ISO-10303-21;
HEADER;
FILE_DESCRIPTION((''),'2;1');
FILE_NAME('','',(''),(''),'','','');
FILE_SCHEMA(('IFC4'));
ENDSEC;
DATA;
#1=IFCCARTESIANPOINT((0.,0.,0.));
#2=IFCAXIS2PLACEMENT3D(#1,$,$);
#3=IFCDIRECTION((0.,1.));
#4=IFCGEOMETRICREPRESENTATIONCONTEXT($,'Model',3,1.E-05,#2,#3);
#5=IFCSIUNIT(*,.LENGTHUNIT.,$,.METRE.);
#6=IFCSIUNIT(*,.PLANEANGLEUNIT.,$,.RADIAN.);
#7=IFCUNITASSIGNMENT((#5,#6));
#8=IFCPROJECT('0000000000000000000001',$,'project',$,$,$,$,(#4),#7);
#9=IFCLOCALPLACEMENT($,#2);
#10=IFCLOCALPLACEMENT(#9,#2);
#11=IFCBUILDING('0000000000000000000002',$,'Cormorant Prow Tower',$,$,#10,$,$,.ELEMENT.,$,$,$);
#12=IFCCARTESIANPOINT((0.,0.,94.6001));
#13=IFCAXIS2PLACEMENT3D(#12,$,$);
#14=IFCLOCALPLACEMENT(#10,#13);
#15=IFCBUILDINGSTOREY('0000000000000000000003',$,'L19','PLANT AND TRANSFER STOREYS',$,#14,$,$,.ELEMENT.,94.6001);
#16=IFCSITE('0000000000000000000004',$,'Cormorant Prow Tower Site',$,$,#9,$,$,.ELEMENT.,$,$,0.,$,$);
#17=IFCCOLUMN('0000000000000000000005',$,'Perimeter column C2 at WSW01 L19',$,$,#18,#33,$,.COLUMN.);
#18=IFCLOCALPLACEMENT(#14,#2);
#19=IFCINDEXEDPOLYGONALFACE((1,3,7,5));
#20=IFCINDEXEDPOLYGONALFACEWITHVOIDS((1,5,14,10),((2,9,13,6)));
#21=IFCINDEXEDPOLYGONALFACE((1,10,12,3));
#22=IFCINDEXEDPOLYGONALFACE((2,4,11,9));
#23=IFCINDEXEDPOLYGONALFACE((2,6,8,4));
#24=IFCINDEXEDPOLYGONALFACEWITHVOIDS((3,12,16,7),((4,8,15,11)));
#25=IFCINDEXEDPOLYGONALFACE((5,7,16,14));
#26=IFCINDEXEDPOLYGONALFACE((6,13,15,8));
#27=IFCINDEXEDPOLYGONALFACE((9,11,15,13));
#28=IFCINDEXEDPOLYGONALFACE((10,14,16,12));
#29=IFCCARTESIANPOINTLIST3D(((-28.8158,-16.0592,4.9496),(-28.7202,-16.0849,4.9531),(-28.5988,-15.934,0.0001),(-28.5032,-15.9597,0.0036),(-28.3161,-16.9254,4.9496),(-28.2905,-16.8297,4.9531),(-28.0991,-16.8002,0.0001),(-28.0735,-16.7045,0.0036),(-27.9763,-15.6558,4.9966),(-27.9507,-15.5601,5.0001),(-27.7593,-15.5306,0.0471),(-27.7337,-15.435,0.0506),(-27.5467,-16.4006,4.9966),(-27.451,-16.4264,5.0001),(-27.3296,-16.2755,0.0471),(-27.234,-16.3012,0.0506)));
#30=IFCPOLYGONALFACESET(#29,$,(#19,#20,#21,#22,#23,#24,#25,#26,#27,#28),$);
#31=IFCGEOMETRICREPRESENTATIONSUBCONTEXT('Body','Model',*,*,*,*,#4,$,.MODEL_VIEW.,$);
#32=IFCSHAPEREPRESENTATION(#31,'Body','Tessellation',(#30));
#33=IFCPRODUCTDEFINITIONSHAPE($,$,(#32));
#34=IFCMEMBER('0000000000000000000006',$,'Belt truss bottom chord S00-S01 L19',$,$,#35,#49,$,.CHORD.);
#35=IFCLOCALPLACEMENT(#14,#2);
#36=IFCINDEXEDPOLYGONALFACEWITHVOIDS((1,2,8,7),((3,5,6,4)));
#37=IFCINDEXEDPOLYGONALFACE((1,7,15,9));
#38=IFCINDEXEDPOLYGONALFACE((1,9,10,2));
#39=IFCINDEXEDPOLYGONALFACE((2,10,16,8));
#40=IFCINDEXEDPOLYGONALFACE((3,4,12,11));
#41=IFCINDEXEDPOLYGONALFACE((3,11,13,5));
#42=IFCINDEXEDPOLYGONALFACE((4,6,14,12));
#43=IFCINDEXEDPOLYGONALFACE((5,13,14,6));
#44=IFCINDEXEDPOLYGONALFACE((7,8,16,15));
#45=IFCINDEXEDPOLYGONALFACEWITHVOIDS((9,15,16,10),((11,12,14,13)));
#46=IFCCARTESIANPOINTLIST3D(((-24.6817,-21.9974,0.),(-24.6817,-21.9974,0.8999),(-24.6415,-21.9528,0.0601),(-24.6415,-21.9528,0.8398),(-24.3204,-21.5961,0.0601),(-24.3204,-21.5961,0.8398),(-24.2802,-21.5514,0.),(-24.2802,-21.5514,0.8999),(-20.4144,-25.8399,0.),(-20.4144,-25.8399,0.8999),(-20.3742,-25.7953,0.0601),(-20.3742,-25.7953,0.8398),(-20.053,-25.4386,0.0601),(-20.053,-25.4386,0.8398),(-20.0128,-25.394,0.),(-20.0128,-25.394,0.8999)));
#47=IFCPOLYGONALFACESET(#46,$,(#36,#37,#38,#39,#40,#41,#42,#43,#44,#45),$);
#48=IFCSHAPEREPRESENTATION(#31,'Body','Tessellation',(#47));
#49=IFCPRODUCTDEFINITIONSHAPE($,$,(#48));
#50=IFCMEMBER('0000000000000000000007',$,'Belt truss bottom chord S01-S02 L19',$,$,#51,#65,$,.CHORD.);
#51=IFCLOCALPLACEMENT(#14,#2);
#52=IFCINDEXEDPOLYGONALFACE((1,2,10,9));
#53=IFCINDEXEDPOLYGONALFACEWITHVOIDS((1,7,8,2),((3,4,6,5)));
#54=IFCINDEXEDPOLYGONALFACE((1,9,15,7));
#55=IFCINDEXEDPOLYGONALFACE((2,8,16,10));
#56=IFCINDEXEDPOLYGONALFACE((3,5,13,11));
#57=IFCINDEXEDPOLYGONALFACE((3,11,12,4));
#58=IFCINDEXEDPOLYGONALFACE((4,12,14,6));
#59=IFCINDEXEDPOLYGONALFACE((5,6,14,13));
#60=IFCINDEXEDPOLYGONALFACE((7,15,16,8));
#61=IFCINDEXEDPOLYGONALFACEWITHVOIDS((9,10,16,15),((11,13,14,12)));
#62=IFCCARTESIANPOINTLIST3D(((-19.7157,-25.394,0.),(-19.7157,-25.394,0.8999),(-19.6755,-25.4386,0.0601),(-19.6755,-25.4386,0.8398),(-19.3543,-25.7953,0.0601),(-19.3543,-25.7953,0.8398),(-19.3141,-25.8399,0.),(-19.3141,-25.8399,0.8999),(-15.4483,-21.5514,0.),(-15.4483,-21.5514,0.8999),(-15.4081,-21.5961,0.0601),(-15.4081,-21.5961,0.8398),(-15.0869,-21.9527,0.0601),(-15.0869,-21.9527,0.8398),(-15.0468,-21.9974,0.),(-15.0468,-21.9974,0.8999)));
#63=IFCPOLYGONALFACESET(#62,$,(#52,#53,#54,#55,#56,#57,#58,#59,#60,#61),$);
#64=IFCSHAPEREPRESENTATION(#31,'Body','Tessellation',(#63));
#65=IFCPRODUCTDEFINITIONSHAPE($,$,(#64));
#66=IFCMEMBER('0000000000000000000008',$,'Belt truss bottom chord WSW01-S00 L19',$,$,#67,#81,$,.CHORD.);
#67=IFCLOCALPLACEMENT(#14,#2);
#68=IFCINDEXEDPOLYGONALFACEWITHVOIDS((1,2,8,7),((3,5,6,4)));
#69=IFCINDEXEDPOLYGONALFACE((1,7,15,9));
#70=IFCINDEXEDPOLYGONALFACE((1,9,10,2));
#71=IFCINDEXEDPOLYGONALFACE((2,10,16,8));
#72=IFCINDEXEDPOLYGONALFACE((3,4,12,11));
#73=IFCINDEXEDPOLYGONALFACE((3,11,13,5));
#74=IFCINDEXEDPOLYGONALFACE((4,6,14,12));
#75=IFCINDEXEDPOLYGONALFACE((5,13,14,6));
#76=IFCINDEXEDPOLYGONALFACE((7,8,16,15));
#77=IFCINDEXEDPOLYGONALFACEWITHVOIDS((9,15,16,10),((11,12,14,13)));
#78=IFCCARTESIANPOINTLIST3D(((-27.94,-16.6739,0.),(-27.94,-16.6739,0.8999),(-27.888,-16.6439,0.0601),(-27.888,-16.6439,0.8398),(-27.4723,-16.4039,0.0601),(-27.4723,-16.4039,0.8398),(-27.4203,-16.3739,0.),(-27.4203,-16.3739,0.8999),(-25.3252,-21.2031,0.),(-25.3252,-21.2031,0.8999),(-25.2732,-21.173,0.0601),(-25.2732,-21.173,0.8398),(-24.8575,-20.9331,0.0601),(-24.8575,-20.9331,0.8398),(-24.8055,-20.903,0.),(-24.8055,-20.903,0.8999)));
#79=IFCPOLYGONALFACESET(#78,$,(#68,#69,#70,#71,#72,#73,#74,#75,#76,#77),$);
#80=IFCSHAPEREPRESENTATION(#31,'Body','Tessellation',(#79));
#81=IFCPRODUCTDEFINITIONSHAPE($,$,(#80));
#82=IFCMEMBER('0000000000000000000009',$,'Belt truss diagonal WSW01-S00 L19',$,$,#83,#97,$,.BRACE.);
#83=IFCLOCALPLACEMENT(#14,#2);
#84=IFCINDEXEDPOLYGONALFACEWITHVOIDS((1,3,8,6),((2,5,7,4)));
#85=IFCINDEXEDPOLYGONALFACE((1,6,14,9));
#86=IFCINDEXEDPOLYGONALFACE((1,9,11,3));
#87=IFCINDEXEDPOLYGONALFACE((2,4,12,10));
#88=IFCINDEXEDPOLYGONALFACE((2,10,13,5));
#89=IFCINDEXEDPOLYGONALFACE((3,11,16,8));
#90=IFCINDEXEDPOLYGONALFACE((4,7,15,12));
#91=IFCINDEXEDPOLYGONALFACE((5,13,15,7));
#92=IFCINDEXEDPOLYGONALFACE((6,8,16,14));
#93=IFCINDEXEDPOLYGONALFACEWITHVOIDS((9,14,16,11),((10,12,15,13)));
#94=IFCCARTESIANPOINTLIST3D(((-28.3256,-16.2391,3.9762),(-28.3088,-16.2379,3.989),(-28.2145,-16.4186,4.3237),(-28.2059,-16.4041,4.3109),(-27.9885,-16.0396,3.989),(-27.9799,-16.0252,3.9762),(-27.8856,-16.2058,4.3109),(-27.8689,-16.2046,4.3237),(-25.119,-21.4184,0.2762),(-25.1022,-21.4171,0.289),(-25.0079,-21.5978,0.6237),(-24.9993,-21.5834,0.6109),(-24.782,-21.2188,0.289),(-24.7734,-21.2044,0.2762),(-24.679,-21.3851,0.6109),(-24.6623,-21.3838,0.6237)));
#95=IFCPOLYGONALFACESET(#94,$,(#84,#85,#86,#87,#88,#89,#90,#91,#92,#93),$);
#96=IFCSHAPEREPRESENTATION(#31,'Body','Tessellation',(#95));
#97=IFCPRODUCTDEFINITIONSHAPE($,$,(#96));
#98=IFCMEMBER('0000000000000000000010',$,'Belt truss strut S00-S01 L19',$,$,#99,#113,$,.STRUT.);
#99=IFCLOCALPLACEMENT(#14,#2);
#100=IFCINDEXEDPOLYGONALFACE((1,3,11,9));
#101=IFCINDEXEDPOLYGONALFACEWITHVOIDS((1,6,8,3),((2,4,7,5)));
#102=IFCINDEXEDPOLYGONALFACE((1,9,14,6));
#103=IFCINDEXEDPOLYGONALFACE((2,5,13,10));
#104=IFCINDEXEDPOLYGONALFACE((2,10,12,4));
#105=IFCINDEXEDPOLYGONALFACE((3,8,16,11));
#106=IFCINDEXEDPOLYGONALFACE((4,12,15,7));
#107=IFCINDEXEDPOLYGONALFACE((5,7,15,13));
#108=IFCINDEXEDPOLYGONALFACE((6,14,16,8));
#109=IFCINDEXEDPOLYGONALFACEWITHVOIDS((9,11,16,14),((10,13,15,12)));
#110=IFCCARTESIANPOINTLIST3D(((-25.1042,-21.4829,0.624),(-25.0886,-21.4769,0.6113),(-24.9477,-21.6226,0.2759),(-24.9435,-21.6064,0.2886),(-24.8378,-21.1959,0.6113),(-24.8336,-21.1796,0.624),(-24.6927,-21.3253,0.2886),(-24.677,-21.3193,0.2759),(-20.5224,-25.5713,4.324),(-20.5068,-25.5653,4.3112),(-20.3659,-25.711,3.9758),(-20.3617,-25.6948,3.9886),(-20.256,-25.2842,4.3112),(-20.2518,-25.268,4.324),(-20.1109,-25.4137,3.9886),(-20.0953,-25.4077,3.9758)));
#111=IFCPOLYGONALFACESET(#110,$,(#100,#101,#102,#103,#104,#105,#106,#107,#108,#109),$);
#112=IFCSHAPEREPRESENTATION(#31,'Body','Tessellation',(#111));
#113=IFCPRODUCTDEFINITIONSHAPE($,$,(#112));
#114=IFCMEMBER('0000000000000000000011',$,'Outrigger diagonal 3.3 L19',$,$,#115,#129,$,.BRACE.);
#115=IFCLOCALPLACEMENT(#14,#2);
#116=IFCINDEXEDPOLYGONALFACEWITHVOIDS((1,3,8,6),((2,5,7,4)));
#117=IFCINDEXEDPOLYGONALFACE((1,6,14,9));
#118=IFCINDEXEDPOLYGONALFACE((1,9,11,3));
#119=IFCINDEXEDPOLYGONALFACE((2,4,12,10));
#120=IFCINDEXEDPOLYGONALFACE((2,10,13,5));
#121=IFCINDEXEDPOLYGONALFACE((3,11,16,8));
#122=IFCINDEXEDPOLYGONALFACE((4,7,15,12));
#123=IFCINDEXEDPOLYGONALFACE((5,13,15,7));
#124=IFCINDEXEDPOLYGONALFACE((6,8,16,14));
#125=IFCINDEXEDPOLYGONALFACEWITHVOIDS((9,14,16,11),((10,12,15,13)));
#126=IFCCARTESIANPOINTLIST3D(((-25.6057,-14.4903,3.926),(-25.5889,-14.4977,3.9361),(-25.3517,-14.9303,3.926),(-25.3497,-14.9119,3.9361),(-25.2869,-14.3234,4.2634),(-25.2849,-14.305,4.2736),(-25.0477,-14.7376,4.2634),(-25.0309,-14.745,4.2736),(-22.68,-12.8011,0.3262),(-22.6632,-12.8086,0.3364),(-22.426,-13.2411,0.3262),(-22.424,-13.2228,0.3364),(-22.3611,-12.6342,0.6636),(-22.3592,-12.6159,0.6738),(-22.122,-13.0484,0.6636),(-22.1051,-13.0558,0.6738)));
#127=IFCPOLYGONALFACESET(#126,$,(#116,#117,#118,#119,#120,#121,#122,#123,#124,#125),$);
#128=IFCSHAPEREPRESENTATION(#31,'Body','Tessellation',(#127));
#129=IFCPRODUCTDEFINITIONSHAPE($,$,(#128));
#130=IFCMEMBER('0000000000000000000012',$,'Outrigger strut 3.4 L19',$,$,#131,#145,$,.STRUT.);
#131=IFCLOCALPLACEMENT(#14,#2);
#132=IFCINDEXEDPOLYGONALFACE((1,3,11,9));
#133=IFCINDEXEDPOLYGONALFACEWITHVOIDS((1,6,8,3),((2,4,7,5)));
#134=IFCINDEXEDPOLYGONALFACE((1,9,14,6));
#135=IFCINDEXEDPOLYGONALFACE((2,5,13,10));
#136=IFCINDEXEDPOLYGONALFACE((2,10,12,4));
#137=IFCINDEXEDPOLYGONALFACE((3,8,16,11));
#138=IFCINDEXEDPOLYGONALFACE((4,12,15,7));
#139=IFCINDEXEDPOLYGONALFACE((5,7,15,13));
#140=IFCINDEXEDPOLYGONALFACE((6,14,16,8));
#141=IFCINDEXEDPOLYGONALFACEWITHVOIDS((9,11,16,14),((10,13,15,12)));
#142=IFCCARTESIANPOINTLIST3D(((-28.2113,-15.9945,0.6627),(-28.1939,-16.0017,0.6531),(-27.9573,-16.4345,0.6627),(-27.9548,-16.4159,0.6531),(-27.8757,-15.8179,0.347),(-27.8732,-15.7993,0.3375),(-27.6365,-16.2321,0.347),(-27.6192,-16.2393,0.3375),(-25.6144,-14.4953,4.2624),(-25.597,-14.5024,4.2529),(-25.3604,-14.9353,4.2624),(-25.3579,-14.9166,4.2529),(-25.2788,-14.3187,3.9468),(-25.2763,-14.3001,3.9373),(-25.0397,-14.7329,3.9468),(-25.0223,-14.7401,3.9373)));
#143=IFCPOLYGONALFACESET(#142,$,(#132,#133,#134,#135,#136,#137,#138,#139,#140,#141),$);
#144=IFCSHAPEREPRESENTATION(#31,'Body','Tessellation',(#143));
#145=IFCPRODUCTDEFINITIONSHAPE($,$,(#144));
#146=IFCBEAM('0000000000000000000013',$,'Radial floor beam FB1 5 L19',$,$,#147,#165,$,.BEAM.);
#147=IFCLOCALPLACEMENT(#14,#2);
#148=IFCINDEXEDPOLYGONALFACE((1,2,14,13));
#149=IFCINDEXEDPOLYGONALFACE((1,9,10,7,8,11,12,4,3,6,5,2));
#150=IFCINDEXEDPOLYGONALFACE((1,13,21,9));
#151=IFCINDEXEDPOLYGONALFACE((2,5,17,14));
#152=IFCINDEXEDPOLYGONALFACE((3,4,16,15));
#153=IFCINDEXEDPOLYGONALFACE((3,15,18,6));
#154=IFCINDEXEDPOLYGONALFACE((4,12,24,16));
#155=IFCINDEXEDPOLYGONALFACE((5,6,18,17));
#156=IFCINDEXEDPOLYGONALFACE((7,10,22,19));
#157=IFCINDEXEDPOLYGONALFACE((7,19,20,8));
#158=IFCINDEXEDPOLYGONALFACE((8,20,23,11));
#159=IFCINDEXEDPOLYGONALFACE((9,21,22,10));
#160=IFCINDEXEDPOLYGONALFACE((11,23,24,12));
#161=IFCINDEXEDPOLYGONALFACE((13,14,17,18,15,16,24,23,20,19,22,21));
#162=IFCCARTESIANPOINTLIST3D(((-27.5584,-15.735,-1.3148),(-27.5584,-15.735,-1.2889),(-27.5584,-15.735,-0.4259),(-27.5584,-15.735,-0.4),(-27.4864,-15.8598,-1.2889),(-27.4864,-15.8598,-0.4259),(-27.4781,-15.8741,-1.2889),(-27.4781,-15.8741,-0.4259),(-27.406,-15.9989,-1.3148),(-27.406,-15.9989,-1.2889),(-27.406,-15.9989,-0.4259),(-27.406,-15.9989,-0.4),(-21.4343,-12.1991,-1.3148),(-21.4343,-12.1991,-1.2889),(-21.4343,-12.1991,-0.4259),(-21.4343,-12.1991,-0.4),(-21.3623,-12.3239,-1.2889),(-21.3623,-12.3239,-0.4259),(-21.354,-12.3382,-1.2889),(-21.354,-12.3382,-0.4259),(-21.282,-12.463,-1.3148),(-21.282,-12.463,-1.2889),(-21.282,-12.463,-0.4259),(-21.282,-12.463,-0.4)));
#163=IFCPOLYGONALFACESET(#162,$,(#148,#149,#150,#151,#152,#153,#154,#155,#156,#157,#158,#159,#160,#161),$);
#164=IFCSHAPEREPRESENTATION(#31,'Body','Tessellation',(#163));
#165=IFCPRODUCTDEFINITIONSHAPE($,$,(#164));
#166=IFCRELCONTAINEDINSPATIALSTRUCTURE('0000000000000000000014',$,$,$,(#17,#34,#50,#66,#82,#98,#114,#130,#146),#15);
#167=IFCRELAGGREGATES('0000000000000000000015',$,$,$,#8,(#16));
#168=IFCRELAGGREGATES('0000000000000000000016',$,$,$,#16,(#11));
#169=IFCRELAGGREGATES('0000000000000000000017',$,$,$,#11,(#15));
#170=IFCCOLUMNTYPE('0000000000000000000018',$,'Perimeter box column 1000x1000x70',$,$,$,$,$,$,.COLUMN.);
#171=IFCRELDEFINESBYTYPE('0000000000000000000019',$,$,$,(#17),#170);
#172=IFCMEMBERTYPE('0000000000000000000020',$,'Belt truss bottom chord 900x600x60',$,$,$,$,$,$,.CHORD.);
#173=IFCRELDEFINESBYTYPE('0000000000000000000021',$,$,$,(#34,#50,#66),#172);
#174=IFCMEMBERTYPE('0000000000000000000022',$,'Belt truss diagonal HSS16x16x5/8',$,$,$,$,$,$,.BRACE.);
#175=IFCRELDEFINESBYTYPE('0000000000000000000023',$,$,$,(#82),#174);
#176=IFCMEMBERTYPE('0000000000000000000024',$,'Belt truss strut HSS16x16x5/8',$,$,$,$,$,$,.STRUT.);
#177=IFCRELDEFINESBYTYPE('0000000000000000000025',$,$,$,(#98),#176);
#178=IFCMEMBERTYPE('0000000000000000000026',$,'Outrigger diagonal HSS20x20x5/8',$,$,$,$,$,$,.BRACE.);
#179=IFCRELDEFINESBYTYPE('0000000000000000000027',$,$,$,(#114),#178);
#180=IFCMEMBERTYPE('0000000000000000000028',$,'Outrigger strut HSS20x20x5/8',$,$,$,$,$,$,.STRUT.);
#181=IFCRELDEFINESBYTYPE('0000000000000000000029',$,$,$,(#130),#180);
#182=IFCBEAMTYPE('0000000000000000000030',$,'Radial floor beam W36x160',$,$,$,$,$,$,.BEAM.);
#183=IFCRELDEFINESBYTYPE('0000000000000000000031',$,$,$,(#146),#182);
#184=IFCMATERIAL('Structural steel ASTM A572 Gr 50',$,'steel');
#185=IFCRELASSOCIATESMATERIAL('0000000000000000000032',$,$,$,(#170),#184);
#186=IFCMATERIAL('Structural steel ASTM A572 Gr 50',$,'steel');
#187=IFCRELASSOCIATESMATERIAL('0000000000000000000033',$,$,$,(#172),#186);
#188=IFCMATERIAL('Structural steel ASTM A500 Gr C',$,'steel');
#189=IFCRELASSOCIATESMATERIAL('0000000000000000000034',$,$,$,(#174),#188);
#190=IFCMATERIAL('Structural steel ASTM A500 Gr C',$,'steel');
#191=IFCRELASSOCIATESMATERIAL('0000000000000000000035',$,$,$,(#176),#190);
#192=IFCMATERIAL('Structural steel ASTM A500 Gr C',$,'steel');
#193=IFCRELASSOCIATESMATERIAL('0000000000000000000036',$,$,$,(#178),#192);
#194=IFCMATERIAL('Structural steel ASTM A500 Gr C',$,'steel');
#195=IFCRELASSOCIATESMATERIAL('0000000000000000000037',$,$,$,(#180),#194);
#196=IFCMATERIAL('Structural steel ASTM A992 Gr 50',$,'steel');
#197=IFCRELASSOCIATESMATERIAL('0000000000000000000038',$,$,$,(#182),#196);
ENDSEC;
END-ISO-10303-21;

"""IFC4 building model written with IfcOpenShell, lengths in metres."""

from ifc_helpers import new_model, si_unit, direction, frame, origin, origin_2d, place, context, subcontext, project, spatial, hollow_rectangle, i_section, extrude, material, material_profile, profile_set, type_object, element, save


model = new_model("IFC4")

# Units and contexts
model_context = context("Model", 3, precision=1e-05, world=origin(), true_north=direction((0.0, 1.0)))
body_context = subcontext(model_context, "Body", "Model", "MODEL_VIEW")
ifc_project = project(units=[si_unit("LENGTHUNIT", "METRE"), si_unit("PLANEANGLEUNIT", "RADIAN")], contexts=[model_context])

# Site, building, storey
site_placement = place(None, origin())
site = spatial("IfcSite", under=ifc_project, at=site_placement, Name="Cormorant Prow Tower Site", CompositionType="ELEMENT", RefElevation=0.0)
building_placement = place(site_placement, origin())
building = spatial("IfcBuilding", under=site, at=building_placement, Name="Cormorant Prow Tower", CompositionType="ELEMENT")
storey_placement = place(building_placement, frame((0.0, 0.0, 94.6001)))
storey = spatial("IfcBuildingStorey", under=building, at=storey_placement, Name="L19", Description="PLANT AND TRANSFER STOREYS", CompositionType="ELEMENT", Elevation=94.6001)

# Column
ifc_material_1 = material(Name="Structural steel ASTM A572 Gr 50", Category="steel")
ifc_material_profile_1 = material_profile(ifc_material_1, hollow_rectangle(XDim=1.0, YDim=1.0, WallThickness=0.0701, at=origin_2d()), Name="Box 1000x1000x70")
ifc_profile_set_1 = profile_set([ifc_material_profile_1], Name="Structural steel ASTM A572 Gr 50")
column_type = type_object("IfcColumnType", Name="Perimeter box column 1000x1000x70", PredefinedType="COLUMN", material=ifc_profile_set_1)
column_1_placement = place(storey_placement, frame((-27.9153, -16.1169, 0.0), z_axis=(-0.043792, -0.025261, 0.998721), x_axis=(0.499667, -0.866218, 0.0)))
element("IfcColumn", 1, at=column_1_placement, inside=storey, type_object=column_type, Name="Perimeter column C2 at WSW01 L19", PredefinedType="COLUMN", context=body_context, shape_type="SweptSolid", body=[
    extrude(hollow_rectangle(XDim=1.0, YDim=1.0, WallThickness=0.0701, at=origin_2d()), frame((0.0, 0.0, 0.0254)), (0.0, 0.0, 1.0), 4.9558),
])

# Members
ifc_material_2 = material(Name="Structural steel ASTM A572 Gr 50", Category="steel")
ifc_material_profile_2 = material_profile(ifc_material_2, hollow_rectangle(XDim=0.6001, YDim=0.8999, WallThickness=0.0601, at=origin_2d()), Name="Box 900x600x60")
ifc_profile_set_2 = profile_set([ifc_material_profile_2], Name="Structural steel ASTM A572 Gr 50")
member_type_1 = type_object("IfcMemberType", Name="Belt truss bottom chord 900x600x60", PredefinedType="CHORD", material=ifc_profile_set_2)
for number, where, z_axis, x_axis, name in (
    (2, (-24.481, -21.7744, 0.45), (0.743127, -0.66915, 0.0), (0.66915, 0.743127, 0.0), "Belt truss bottom chord S00-S01 L19"),
    (3, (-19.5149, -25.6169, 0.45), (0.743127, 0.66915, 0.0), (-0.66915, 0.743127, 0.0), "Belt truss bottom chord S01-S02 L19"),
):
    element("IfcMember", number, at=place(storey_placement, frame(where, z_axis=z_axis, x_axis=x_axis)), inside=storey, type_object=member_type_1, Name=name, PredefinedType="CHORD", context=body_context, shape_type="SweptSolid", body=[
        extrude(hollow_rectangle(XDim=0.6001, YDim=0.8999, WallThickness=0.0601, at=origin_2d()), origin(), (0.0, 0.0, 1.0), 5.7424),
    ])
member_1_placement = place(storey_placement, frame((-27.6802, -16.5239, 0.45), z_axis=(0.499985, -0.866034, 0.0), x_axis=(0.866034, 0.499985, 0.0)))
element("IfcMember", 4, at=member_1_placement, inside=storey, type_object=member_type_1, Name="Belt truss bottom chord WSW01-S00 L19", PredefinedType="CHORD", context=body_context, shape_type="SweptSolid", body=[
    extrude(hollow_rectangle(XDim=0.6001, YDim=0.8999, WallThickness=0.0601, at=origin_2d()), origin(), (0.0, 0.0, 1.0), 5.2297),
])
ifc_material_3 = material(Name="Structural steel ASTM A500 Gr C", Category="steel")
ifc_material_profile_3 = material_profile(ifc_material_3, hollow_rectangle(XDim=0.4065, YDim=0.4065, WallThickness=0.0149, at=origin_2d()), Name="HSS16x16x5/8")
ifc_profile_set_3 = profile_set([ifc_material_profile_3], Name="Structural steel ASTM A500 Gr C")
member_type_2 = type_object("IfcMemberType", Name="Belt truss diagonal HSS16x16x5/8", PredefinedType="BRACE", material=ifc_profile_set_3)
member_2_placement = place(storey_placement, frame((-24.8906, -21.4011, 0.45), z_axis=(-0.449908, 0.72669, 0.519138), x_axis=(-0.850238, -0.526399, 0.0)))
element("IfcMember", 5, at=member_2_placement, inside=storey, type_object=member_type_2, Name="Belt truss diagonal WSW01-S00 L19", PredefinedType="BRACE", context=body_context, shape_type="SweptSolid", body=[
    extrude(hollow_rectangle(XDim=0.4065, YDim=0.4065, WallThickness=0.0149, at=origin_2d()), origin(), (0.0, 0.0, 1.0), 7.1272),
])
ifc_material_4 = material(Name="Structural steel ASTM A500 Gr C", Category="steel")
ifc_material_profile_4 = material_profile(ifc_material_4, hollow_rectangle(XDim=0.4065, YDim=0.4065, WallThickness=0.0149, at=origin_2d()), Name="HSS16x16x5/8")
ifc_profile_set_4 = profile_set([ifc_material_profile_4], Name="Structural steel ASTM A500 Gr C")
member_type_3 = type_object("IfcMemberType", Name="Belt truss strut HSS16x16x5/8", PredefinedType="STRUT", material=ifc_profile_set_4)
member_3_placement = place(storey_placement, frame((-24.8906, -21.4011, 0.45), z_axis=(0.639094, -0.570271, 0.516091), x_axis=(0.665789, 0.74614, 0.0)))
element("IfcMember", 6, at=member_3_placement, inside=storey, type_object=member_type_3, Name="Belt truss strut S00-S01 L19", PredefinedType="STRUT", context=body_context, shape_type="SweptSolid", body=[
    extrude(hollow_rectangle(XDim=0.4065, YDim=0.4065, WallThickness=0.0149, at=origin_2d()), origin(), (0.0, 0.0, 1.0), 7.1692),
])
ifc_material_5 = material(Name="Structural steel ASTM A500 Gr C", Category="steel")
ifc_material_profile_5 = material_profile(ifc_material_5, hollow_rectangle(XDim=0.5081, YDim=0.5081, WallThickness=0.0149, at=origin_2d()), Name="HSS20x20x5/8")
ifc_profile_set_5 = profile_set([ifc_material_profile_5], Name="Structural steel ASTM A500 Gr C")
member_type_4 = type_object("IfcMemberType", Name="Outrigger diagonal HSS20x20x5/8", PredefinedType="BRACE", material=ifc_profile_set_5)
member_4_placement = place(storey_placement, frame((-22.3926, -12.9285, 0.5), z_axis=(-0.59264, -0.342163, 0.729179), x_axis=(0.500002, -0.866024, 0.0)))
element("IfcMember", 7, at=member_4_placement, inside=storey, type_object=member_type_4, Name="Outrigger diagonal 3.3 L19", PredefinedType="BRACE", context=body_context, shape_type="SweptSolid", body=[
    extrude(hollow_rectangle(XDim=0.5081, YDim=0.5081, WallThickness=0.0149, at=origin_2d()), origin(), (0.0, 0.0, 1.0), 4.9368),
])
ifc_material_6 = material(Name="Structural steel ASTM A500 Gr C", Category="steel")
ifc_material_profile_6 = material_profile(ifc_material_6, hollow_rectangle(XDim=0.5081, YDim=0.5081, WallThickness=0.0149, at=origin_2d()), Name="HSS20x20x5/8")
ifc_profile_set_6 = profile_set([ifc_material_profile_6], Name="Structural steel ASTM A500 Gr C")
member_type_5 = type_object("IfcMemberType", Name="Outrigger strut HSS20x20x5/8", PredefinedType="STRUT", material=ifc_profile_set_6)
member_5_placement = place(storey_placement, frame((-25.3184, -14.6177, 4.0999), z_axis=(-0.554287, -0.320003, -0.768352), x_axis=(0.499983, -0.866035, 0.0)))
element("IfcMember", 8, at=member_5_placement, inside=storey, type_object=member_type_5, Name="Outrigger strut 3.4 L19", PredefinedType="STRUT", context=body_context, shape_type="SweptSolid", body=[
    extrude(hollow_rectangle(XDim=0.5081, YDim=0.5081, WallThickness=0.0149, at=origin_2d()), origin(), (0.0, 0.0, 1.0), 4.6851),
])

# Beam
ifc_material_7 = material(Name="Structural steel ASTM A992 Gr 50", Category="steel")
ifc_material_profile_7 = material_profile(ifc_material_7, i_section(OverallWidth=0.3047, OverallDepth=0.9148, WebThickness=0.0166, FlangeThickness=0.0259, at=origin_2d()), Name="W36x160")
ifc_profile_set_7 = profile_set([ifc_material_profile_7], Name="Structural steel ASTM A992 Gr 50")
beam_type_1 = type_object("IfcBeamType", Name="Radial floor beam W36x160", PredefinedType="BEAM", material=ifc_profile_set_7)
beam_1_placement = place(storey_placement, frame((-21.3582, -12.3311, -0.8574), z_axis=(-0.866014, -0.500019, 0.0), x_axis=(0.500019, -0.866014, 0.0)))
element("IfcBeam", 9, at=beam_1_placement, inside=storey, type_object=beam_type_1, Name="Radial floor beam FB1 5 L19", PredefinedType="BEAM", context=body_context, shape_type="SweptSolid", body=[
    extrude(i_section(OverallWidth=0.3047, OverallDepth=0.9148, WebThickness=0.0166, FlangeThickness=0.0259, at=origin_2d()), origin(), (0.0, 0.0, 1.0), 7.0715),
])

save(model, "model.ifc")
